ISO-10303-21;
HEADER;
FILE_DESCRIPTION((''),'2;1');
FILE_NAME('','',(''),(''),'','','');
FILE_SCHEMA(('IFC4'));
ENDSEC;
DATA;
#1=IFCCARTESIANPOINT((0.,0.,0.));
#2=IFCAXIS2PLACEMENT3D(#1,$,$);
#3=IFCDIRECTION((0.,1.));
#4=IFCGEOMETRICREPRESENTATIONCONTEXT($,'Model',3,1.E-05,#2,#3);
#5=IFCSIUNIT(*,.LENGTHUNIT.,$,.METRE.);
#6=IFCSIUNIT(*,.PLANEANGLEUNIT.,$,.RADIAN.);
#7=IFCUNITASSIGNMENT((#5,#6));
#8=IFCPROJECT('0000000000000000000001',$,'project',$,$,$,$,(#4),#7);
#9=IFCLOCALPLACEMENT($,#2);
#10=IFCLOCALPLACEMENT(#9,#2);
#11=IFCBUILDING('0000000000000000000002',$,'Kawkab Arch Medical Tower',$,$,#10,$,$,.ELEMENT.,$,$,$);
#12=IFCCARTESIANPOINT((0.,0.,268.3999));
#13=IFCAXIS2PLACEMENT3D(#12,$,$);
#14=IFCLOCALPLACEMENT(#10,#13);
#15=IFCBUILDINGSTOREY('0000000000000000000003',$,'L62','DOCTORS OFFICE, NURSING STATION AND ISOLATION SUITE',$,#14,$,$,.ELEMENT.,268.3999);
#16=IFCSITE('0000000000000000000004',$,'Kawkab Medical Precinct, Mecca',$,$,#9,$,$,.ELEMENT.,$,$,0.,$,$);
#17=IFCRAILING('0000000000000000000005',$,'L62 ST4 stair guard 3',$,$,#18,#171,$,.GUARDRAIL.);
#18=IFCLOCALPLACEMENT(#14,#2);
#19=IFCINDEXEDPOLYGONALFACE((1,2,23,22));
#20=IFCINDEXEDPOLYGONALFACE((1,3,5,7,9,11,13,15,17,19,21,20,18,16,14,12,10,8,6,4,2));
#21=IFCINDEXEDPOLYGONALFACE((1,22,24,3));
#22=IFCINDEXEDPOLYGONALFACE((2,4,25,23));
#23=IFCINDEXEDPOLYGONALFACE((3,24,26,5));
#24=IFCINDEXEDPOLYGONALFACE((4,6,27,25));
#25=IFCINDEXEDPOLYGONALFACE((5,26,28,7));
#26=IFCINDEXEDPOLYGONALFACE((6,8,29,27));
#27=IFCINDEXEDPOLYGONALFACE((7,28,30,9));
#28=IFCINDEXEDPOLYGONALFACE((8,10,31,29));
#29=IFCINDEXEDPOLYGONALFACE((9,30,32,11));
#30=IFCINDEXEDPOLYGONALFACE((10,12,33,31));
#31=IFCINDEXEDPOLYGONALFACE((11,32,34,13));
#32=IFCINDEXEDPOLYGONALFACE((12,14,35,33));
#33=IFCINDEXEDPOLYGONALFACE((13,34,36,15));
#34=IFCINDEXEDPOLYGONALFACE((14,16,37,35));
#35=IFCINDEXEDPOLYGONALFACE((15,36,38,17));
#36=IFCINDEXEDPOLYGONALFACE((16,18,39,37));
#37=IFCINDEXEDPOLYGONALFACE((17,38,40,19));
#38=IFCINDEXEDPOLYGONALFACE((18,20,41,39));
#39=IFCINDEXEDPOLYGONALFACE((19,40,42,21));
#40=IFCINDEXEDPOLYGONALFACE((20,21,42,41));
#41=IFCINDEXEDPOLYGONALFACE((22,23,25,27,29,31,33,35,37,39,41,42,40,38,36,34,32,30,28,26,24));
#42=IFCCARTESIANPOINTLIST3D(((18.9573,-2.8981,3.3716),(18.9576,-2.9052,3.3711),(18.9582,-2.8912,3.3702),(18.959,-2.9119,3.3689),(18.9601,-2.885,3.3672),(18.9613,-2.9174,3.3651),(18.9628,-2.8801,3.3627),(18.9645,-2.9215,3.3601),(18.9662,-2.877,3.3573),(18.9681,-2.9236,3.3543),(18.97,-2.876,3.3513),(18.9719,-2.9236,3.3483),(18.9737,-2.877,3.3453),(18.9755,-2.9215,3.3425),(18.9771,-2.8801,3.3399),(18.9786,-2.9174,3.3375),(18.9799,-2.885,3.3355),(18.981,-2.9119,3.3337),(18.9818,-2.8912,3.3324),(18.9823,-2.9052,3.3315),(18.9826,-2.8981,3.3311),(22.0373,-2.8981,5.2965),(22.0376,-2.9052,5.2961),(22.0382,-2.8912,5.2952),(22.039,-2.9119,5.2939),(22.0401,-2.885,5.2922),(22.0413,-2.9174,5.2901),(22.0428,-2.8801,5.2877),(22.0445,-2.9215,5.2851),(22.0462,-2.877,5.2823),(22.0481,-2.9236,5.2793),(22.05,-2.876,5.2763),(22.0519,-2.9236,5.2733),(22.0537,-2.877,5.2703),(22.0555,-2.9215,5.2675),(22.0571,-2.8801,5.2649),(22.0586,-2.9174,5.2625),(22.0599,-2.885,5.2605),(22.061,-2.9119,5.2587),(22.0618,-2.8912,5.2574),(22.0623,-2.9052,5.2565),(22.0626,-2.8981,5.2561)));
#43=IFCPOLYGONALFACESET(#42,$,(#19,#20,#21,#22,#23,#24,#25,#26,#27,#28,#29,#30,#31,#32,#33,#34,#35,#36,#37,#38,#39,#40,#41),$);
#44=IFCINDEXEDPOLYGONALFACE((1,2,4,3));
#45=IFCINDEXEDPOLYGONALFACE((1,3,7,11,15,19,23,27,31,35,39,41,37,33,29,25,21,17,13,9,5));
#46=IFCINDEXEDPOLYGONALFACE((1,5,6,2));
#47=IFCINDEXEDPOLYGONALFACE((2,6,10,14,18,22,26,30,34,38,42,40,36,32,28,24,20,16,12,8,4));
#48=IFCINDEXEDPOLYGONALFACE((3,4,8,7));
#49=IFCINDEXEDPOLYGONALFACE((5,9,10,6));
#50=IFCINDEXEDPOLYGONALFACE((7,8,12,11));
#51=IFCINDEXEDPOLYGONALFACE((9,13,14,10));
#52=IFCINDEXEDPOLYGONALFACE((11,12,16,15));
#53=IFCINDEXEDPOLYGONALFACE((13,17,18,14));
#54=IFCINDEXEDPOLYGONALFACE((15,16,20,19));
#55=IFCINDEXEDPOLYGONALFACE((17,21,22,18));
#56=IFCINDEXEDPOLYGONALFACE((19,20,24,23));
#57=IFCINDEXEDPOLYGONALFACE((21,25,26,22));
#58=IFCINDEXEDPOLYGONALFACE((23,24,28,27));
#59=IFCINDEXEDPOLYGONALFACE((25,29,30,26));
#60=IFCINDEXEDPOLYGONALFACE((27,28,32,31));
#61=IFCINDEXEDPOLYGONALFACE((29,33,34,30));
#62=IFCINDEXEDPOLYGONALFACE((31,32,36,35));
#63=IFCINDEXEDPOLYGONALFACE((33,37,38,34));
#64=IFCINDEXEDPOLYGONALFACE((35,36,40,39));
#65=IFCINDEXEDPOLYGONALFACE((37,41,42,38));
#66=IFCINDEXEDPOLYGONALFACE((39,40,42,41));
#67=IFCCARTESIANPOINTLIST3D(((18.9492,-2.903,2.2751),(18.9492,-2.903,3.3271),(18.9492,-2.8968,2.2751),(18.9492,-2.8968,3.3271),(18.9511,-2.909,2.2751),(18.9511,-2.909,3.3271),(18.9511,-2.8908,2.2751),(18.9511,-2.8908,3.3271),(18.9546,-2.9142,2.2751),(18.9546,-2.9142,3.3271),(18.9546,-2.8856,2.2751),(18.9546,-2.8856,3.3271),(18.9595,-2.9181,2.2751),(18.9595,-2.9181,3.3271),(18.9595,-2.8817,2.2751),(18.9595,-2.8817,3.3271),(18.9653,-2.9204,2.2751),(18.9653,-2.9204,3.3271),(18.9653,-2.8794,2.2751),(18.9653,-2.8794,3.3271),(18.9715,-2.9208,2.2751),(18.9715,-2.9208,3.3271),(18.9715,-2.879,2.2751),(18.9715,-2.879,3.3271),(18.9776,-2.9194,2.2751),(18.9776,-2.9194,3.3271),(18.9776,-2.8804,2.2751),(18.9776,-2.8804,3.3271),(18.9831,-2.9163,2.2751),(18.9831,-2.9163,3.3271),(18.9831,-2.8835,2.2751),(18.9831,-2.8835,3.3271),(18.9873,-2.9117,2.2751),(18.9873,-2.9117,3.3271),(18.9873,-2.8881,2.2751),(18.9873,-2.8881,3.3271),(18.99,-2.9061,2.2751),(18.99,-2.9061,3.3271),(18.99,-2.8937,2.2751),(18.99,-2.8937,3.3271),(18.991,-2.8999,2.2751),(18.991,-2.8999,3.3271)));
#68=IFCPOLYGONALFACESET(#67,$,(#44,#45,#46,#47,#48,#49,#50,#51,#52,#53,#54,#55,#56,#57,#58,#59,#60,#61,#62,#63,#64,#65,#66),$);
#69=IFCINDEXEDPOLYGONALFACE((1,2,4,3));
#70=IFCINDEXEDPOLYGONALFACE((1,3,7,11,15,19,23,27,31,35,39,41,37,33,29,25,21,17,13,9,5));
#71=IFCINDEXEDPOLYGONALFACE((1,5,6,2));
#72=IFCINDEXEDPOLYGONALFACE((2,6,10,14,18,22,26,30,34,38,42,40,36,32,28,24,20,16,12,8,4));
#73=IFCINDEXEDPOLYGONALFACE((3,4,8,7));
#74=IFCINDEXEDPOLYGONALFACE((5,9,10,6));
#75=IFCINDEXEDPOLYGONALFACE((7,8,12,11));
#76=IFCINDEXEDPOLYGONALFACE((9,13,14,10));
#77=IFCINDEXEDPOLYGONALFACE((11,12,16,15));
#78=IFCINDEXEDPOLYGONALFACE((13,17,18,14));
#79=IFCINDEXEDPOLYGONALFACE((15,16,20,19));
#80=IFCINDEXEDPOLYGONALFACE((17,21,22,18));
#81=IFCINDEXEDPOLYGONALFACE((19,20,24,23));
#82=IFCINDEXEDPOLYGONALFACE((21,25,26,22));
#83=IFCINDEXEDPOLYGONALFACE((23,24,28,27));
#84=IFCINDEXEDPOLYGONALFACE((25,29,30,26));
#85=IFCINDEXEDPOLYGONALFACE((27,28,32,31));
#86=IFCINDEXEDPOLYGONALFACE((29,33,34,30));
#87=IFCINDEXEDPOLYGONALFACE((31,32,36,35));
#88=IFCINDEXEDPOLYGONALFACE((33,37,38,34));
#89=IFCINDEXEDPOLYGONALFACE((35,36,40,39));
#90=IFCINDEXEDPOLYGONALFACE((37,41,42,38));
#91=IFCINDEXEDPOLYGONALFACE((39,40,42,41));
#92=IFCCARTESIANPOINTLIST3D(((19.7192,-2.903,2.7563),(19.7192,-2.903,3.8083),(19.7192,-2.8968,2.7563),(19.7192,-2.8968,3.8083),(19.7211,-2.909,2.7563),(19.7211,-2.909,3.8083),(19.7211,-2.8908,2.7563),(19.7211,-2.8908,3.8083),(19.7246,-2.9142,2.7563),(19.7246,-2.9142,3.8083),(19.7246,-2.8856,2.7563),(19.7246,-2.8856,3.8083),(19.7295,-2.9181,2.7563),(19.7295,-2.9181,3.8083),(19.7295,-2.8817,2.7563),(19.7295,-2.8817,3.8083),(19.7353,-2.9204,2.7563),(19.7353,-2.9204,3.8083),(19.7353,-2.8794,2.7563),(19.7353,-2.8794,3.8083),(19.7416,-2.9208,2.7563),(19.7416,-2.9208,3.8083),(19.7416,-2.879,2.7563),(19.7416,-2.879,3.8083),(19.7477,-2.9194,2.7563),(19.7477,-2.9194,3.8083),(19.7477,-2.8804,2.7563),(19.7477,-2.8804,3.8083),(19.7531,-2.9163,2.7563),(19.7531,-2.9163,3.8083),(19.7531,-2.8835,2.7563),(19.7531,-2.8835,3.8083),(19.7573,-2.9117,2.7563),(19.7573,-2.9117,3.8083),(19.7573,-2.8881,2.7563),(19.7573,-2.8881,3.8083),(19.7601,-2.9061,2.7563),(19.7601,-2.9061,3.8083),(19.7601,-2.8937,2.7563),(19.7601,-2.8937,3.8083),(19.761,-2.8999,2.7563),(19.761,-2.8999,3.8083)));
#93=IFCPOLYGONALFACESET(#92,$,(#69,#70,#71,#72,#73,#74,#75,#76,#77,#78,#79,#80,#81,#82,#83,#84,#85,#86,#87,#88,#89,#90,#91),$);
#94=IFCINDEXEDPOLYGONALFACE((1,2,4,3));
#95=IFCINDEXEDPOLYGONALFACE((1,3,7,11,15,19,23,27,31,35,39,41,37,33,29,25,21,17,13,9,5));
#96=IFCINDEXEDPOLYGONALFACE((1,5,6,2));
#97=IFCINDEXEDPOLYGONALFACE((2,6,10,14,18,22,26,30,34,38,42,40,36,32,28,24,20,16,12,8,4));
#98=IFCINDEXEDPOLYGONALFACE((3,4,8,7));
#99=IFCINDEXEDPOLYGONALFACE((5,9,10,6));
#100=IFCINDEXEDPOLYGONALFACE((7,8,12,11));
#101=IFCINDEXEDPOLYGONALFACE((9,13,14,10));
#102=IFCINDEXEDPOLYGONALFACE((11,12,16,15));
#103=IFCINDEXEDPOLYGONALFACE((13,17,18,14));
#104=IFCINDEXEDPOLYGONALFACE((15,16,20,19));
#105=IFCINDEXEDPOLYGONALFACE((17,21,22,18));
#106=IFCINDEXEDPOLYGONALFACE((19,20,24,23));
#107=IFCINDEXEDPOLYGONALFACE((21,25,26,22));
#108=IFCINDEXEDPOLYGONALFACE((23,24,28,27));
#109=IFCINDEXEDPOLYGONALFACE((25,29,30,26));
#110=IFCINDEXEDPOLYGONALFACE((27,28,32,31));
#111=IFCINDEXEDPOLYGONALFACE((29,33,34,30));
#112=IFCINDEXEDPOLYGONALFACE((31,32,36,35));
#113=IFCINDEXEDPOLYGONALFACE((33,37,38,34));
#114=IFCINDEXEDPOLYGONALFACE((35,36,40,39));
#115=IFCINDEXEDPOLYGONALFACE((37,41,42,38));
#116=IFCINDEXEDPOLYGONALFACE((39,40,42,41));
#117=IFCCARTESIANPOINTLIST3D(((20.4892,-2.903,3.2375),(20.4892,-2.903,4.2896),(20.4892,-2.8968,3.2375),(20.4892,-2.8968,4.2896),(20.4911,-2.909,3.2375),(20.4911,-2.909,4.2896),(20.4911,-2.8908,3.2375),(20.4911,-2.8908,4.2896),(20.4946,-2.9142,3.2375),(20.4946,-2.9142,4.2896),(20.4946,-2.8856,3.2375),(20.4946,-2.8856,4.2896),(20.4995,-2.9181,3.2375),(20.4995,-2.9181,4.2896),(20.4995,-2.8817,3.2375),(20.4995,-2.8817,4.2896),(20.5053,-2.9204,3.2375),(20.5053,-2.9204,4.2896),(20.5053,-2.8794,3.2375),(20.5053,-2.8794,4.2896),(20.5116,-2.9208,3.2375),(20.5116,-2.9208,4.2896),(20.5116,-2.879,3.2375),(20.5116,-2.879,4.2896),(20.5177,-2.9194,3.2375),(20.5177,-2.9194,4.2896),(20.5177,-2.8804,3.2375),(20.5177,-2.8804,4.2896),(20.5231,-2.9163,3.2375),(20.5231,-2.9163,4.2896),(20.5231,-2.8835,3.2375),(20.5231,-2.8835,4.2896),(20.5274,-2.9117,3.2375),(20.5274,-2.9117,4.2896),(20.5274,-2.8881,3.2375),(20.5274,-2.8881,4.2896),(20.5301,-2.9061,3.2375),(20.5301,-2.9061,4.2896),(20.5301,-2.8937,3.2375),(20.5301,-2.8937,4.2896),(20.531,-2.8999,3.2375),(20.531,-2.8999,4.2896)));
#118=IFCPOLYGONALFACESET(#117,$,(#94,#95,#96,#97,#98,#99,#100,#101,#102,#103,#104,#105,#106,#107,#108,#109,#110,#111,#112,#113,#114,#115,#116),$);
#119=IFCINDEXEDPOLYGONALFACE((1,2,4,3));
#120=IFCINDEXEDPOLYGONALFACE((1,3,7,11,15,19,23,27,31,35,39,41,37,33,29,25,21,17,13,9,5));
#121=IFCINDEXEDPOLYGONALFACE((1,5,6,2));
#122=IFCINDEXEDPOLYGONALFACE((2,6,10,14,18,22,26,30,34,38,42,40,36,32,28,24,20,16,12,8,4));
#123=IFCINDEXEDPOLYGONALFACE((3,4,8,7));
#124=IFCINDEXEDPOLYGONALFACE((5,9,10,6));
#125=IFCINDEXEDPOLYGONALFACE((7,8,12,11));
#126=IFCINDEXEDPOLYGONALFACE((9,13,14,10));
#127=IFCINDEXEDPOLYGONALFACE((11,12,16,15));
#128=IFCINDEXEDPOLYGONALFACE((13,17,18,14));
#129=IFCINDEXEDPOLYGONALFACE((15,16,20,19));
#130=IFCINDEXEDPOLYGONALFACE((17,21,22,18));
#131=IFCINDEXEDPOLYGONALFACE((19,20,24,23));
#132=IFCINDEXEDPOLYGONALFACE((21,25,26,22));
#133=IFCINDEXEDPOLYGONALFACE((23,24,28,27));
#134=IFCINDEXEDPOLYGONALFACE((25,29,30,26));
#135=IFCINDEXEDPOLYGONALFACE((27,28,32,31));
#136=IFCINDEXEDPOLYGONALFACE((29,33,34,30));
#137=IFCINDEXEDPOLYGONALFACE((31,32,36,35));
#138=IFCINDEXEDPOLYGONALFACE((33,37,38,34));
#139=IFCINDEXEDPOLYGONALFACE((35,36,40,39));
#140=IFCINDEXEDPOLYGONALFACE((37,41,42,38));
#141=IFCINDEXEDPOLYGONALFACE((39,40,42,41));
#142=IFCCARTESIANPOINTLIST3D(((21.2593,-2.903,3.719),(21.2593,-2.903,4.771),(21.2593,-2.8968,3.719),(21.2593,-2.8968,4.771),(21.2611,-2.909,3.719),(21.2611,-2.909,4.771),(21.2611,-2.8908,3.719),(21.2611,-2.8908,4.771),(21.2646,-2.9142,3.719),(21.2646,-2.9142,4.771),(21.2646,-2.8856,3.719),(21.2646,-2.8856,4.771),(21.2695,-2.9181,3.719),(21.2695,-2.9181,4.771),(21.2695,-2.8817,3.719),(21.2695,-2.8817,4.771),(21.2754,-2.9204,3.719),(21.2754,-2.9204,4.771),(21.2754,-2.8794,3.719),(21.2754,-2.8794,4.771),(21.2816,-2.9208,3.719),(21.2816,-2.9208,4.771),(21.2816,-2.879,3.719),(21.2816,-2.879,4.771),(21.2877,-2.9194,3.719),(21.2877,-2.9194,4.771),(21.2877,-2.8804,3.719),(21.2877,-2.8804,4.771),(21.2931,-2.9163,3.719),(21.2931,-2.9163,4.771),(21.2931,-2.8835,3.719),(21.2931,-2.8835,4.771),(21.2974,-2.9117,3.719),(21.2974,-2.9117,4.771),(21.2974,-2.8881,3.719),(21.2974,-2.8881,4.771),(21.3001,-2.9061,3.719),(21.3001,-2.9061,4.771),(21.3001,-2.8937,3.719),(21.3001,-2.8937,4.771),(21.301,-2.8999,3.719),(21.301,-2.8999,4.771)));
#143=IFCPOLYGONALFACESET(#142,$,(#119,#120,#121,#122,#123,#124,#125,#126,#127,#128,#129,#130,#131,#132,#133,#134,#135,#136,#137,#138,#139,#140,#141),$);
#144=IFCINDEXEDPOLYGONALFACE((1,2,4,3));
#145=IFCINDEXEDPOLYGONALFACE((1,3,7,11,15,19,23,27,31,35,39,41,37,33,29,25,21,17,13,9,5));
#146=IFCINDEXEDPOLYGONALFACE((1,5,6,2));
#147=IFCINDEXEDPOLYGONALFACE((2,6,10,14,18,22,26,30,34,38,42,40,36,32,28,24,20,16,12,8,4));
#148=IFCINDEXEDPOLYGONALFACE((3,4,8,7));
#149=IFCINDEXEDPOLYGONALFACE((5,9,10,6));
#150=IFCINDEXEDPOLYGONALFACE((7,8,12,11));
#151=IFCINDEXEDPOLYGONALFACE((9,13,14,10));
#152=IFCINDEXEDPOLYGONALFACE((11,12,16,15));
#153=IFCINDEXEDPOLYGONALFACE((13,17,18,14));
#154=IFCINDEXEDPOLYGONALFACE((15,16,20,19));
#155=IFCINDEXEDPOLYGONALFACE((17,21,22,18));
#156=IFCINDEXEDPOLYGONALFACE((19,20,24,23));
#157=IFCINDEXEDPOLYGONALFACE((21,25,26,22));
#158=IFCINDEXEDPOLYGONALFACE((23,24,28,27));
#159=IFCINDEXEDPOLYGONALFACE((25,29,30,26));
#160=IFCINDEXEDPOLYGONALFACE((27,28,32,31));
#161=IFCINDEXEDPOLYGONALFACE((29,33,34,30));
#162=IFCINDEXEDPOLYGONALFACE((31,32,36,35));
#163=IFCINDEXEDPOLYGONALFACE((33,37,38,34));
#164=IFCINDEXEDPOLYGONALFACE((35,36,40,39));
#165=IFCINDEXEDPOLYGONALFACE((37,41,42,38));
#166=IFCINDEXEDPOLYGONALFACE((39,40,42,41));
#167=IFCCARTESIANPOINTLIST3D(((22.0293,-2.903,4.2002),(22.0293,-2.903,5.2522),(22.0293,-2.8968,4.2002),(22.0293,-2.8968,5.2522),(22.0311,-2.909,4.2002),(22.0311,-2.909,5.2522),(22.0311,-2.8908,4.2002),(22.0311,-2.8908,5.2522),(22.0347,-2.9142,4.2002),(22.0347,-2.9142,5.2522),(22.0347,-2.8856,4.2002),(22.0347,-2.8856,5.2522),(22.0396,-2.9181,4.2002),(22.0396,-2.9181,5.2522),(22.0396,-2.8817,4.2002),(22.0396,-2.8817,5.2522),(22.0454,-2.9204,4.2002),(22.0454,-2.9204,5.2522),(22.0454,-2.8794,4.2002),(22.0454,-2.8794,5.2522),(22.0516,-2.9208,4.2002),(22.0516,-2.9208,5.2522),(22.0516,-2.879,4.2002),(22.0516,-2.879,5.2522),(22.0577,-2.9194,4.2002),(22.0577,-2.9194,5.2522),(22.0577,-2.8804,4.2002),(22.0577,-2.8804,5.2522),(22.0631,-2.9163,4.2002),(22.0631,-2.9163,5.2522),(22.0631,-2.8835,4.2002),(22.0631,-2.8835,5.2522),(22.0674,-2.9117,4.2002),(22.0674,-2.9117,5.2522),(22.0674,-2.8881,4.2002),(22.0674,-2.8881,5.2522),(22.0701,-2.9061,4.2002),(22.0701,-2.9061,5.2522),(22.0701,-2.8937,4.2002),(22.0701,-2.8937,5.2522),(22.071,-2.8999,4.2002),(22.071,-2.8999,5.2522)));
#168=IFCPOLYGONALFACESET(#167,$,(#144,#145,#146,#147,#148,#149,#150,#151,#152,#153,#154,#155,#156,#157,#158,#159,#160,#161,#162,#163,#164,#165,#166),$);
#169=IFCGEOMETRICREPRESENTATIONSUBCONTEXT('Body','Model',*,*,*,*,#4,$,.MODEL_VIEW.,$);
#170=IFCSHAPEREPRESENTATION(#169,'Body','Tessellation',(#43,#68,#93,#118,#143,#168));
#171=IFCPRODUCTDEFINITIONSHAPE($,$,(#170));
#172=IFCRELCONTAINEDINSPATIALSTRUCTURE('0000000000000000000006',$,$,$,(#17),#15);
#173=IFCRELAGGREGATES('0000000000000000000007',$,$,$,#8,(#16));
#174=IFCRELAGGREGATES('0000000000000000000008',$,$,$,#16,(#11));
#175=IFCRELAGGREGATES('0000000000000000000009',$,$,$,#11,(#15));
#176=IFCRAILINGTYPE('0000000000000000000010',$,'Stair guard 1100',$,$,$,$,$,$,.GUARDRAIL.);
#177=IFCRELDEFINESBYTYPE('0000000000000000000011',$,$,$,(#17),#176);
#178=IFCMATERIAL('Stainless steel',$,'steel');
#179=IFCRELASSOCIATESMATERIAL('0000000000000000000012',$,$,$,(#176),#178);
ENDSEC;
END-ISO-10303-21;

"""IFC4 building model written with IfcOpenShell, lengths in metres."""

from ifc_helpers import new_model, si_unit, direction, frame, origin, origin_2d, place, context, subcontext, project, spatial, circle, extrude, material, type_object, element, save


model = new_model("IFC4")

# Units and contexts
model_context = context("Model", 3, precision=1e-05, world=origin(), true_north=direction((0.0, 1.0)))
body_context = subcontext(model_context, "Body", "Model", "MODEL_VIEW")
ifc_project = project(units=[si_unit("LENGTHUNIT", "METRE"), si_unit("PLANEANGLEUNIT", "RADIAN")], contexts=[model_context])

# Site, building, storey
site_placement = place(None, origin())
site = spatial("IfcSite", under=ifc_project, at=site_placement, Name="Kawkab Medical Precinct, Mecca", CompositionType="ELEMENT", RefElevation=0.0)
building_placement = place(site_placement, origin())
building = spatial("IfcBuilding", under=site, at=building_placement, Name="Kawkab Arch Medical Tower", CompositionType="ELEMENT")
storey_placement = place(building_placement, frame((0.0, 0.0, 268.3999)))
storey = spatial("IfcBuildingStorey", under=building, at=storey_placement, Name="L62", Description="DOCTORS OFFICE, NURSING STATION AND ISOLATION SUITE", CompositionType="ELEMENT", Elevation=268.3999)

# Railing
ifc_material_1 = material(Name="Stainless steel", Category="steel")
railing_type_1 = type_object("IfcRailingType", Name="Stair guard 1100", PredefinedType="GUARDRAIL", material=ifc_material_1)
railing_1_placement = place(storey_placement, frame((18.97, -2.8999, 2.2751)))
element("IfcRailing", 1, at=railing_1_placement, inside=storey, type_object=railing_type_1, Name="L62 ST4 stair guard 3", PredefinedType="GUARDRAIL", context=body_context, shape_type="SweptSolid", body=[
    extrude(circle(Radius=0.0239, at=origin_2d()), frame((0.0, 0.0, 1.0762), z_axis=(0.847998, 0.0, 0.529999), x_axis=(0.0, 1.0, 0.0)), (0.0, 0.0, 1.0), 3.6321),
    extrude(circle(Radius=0.021, at=origin_2d()), origin(), (0.0, 0.0, 1.0), 1.052),
    extrude(circle(Radius=0.021, at=origin_2d()), frame((0.77, 0.0, 0.4812)), (0.0, 0.0, 1.0), 1.052),
    extrude(circle(Radius=0.021, at=origin_2d()), frame((1.54, 0.0, 0.9624)), (0.0, 0.0, 1.0), 1.052),
    extrude(circle(Radius=0.021, at=origin_2d()), frame((2.3101, 0.0, 1.4438)), (0.0, 0.0, 1.0), 1.052),
    extrude(circle(Radius=0.021, at=origin_2d()), frame((3.0801, 0.0, 1.925)), (0.0, 0.0, 1.0), 1.052),
])

save(model, "model.ifc")
